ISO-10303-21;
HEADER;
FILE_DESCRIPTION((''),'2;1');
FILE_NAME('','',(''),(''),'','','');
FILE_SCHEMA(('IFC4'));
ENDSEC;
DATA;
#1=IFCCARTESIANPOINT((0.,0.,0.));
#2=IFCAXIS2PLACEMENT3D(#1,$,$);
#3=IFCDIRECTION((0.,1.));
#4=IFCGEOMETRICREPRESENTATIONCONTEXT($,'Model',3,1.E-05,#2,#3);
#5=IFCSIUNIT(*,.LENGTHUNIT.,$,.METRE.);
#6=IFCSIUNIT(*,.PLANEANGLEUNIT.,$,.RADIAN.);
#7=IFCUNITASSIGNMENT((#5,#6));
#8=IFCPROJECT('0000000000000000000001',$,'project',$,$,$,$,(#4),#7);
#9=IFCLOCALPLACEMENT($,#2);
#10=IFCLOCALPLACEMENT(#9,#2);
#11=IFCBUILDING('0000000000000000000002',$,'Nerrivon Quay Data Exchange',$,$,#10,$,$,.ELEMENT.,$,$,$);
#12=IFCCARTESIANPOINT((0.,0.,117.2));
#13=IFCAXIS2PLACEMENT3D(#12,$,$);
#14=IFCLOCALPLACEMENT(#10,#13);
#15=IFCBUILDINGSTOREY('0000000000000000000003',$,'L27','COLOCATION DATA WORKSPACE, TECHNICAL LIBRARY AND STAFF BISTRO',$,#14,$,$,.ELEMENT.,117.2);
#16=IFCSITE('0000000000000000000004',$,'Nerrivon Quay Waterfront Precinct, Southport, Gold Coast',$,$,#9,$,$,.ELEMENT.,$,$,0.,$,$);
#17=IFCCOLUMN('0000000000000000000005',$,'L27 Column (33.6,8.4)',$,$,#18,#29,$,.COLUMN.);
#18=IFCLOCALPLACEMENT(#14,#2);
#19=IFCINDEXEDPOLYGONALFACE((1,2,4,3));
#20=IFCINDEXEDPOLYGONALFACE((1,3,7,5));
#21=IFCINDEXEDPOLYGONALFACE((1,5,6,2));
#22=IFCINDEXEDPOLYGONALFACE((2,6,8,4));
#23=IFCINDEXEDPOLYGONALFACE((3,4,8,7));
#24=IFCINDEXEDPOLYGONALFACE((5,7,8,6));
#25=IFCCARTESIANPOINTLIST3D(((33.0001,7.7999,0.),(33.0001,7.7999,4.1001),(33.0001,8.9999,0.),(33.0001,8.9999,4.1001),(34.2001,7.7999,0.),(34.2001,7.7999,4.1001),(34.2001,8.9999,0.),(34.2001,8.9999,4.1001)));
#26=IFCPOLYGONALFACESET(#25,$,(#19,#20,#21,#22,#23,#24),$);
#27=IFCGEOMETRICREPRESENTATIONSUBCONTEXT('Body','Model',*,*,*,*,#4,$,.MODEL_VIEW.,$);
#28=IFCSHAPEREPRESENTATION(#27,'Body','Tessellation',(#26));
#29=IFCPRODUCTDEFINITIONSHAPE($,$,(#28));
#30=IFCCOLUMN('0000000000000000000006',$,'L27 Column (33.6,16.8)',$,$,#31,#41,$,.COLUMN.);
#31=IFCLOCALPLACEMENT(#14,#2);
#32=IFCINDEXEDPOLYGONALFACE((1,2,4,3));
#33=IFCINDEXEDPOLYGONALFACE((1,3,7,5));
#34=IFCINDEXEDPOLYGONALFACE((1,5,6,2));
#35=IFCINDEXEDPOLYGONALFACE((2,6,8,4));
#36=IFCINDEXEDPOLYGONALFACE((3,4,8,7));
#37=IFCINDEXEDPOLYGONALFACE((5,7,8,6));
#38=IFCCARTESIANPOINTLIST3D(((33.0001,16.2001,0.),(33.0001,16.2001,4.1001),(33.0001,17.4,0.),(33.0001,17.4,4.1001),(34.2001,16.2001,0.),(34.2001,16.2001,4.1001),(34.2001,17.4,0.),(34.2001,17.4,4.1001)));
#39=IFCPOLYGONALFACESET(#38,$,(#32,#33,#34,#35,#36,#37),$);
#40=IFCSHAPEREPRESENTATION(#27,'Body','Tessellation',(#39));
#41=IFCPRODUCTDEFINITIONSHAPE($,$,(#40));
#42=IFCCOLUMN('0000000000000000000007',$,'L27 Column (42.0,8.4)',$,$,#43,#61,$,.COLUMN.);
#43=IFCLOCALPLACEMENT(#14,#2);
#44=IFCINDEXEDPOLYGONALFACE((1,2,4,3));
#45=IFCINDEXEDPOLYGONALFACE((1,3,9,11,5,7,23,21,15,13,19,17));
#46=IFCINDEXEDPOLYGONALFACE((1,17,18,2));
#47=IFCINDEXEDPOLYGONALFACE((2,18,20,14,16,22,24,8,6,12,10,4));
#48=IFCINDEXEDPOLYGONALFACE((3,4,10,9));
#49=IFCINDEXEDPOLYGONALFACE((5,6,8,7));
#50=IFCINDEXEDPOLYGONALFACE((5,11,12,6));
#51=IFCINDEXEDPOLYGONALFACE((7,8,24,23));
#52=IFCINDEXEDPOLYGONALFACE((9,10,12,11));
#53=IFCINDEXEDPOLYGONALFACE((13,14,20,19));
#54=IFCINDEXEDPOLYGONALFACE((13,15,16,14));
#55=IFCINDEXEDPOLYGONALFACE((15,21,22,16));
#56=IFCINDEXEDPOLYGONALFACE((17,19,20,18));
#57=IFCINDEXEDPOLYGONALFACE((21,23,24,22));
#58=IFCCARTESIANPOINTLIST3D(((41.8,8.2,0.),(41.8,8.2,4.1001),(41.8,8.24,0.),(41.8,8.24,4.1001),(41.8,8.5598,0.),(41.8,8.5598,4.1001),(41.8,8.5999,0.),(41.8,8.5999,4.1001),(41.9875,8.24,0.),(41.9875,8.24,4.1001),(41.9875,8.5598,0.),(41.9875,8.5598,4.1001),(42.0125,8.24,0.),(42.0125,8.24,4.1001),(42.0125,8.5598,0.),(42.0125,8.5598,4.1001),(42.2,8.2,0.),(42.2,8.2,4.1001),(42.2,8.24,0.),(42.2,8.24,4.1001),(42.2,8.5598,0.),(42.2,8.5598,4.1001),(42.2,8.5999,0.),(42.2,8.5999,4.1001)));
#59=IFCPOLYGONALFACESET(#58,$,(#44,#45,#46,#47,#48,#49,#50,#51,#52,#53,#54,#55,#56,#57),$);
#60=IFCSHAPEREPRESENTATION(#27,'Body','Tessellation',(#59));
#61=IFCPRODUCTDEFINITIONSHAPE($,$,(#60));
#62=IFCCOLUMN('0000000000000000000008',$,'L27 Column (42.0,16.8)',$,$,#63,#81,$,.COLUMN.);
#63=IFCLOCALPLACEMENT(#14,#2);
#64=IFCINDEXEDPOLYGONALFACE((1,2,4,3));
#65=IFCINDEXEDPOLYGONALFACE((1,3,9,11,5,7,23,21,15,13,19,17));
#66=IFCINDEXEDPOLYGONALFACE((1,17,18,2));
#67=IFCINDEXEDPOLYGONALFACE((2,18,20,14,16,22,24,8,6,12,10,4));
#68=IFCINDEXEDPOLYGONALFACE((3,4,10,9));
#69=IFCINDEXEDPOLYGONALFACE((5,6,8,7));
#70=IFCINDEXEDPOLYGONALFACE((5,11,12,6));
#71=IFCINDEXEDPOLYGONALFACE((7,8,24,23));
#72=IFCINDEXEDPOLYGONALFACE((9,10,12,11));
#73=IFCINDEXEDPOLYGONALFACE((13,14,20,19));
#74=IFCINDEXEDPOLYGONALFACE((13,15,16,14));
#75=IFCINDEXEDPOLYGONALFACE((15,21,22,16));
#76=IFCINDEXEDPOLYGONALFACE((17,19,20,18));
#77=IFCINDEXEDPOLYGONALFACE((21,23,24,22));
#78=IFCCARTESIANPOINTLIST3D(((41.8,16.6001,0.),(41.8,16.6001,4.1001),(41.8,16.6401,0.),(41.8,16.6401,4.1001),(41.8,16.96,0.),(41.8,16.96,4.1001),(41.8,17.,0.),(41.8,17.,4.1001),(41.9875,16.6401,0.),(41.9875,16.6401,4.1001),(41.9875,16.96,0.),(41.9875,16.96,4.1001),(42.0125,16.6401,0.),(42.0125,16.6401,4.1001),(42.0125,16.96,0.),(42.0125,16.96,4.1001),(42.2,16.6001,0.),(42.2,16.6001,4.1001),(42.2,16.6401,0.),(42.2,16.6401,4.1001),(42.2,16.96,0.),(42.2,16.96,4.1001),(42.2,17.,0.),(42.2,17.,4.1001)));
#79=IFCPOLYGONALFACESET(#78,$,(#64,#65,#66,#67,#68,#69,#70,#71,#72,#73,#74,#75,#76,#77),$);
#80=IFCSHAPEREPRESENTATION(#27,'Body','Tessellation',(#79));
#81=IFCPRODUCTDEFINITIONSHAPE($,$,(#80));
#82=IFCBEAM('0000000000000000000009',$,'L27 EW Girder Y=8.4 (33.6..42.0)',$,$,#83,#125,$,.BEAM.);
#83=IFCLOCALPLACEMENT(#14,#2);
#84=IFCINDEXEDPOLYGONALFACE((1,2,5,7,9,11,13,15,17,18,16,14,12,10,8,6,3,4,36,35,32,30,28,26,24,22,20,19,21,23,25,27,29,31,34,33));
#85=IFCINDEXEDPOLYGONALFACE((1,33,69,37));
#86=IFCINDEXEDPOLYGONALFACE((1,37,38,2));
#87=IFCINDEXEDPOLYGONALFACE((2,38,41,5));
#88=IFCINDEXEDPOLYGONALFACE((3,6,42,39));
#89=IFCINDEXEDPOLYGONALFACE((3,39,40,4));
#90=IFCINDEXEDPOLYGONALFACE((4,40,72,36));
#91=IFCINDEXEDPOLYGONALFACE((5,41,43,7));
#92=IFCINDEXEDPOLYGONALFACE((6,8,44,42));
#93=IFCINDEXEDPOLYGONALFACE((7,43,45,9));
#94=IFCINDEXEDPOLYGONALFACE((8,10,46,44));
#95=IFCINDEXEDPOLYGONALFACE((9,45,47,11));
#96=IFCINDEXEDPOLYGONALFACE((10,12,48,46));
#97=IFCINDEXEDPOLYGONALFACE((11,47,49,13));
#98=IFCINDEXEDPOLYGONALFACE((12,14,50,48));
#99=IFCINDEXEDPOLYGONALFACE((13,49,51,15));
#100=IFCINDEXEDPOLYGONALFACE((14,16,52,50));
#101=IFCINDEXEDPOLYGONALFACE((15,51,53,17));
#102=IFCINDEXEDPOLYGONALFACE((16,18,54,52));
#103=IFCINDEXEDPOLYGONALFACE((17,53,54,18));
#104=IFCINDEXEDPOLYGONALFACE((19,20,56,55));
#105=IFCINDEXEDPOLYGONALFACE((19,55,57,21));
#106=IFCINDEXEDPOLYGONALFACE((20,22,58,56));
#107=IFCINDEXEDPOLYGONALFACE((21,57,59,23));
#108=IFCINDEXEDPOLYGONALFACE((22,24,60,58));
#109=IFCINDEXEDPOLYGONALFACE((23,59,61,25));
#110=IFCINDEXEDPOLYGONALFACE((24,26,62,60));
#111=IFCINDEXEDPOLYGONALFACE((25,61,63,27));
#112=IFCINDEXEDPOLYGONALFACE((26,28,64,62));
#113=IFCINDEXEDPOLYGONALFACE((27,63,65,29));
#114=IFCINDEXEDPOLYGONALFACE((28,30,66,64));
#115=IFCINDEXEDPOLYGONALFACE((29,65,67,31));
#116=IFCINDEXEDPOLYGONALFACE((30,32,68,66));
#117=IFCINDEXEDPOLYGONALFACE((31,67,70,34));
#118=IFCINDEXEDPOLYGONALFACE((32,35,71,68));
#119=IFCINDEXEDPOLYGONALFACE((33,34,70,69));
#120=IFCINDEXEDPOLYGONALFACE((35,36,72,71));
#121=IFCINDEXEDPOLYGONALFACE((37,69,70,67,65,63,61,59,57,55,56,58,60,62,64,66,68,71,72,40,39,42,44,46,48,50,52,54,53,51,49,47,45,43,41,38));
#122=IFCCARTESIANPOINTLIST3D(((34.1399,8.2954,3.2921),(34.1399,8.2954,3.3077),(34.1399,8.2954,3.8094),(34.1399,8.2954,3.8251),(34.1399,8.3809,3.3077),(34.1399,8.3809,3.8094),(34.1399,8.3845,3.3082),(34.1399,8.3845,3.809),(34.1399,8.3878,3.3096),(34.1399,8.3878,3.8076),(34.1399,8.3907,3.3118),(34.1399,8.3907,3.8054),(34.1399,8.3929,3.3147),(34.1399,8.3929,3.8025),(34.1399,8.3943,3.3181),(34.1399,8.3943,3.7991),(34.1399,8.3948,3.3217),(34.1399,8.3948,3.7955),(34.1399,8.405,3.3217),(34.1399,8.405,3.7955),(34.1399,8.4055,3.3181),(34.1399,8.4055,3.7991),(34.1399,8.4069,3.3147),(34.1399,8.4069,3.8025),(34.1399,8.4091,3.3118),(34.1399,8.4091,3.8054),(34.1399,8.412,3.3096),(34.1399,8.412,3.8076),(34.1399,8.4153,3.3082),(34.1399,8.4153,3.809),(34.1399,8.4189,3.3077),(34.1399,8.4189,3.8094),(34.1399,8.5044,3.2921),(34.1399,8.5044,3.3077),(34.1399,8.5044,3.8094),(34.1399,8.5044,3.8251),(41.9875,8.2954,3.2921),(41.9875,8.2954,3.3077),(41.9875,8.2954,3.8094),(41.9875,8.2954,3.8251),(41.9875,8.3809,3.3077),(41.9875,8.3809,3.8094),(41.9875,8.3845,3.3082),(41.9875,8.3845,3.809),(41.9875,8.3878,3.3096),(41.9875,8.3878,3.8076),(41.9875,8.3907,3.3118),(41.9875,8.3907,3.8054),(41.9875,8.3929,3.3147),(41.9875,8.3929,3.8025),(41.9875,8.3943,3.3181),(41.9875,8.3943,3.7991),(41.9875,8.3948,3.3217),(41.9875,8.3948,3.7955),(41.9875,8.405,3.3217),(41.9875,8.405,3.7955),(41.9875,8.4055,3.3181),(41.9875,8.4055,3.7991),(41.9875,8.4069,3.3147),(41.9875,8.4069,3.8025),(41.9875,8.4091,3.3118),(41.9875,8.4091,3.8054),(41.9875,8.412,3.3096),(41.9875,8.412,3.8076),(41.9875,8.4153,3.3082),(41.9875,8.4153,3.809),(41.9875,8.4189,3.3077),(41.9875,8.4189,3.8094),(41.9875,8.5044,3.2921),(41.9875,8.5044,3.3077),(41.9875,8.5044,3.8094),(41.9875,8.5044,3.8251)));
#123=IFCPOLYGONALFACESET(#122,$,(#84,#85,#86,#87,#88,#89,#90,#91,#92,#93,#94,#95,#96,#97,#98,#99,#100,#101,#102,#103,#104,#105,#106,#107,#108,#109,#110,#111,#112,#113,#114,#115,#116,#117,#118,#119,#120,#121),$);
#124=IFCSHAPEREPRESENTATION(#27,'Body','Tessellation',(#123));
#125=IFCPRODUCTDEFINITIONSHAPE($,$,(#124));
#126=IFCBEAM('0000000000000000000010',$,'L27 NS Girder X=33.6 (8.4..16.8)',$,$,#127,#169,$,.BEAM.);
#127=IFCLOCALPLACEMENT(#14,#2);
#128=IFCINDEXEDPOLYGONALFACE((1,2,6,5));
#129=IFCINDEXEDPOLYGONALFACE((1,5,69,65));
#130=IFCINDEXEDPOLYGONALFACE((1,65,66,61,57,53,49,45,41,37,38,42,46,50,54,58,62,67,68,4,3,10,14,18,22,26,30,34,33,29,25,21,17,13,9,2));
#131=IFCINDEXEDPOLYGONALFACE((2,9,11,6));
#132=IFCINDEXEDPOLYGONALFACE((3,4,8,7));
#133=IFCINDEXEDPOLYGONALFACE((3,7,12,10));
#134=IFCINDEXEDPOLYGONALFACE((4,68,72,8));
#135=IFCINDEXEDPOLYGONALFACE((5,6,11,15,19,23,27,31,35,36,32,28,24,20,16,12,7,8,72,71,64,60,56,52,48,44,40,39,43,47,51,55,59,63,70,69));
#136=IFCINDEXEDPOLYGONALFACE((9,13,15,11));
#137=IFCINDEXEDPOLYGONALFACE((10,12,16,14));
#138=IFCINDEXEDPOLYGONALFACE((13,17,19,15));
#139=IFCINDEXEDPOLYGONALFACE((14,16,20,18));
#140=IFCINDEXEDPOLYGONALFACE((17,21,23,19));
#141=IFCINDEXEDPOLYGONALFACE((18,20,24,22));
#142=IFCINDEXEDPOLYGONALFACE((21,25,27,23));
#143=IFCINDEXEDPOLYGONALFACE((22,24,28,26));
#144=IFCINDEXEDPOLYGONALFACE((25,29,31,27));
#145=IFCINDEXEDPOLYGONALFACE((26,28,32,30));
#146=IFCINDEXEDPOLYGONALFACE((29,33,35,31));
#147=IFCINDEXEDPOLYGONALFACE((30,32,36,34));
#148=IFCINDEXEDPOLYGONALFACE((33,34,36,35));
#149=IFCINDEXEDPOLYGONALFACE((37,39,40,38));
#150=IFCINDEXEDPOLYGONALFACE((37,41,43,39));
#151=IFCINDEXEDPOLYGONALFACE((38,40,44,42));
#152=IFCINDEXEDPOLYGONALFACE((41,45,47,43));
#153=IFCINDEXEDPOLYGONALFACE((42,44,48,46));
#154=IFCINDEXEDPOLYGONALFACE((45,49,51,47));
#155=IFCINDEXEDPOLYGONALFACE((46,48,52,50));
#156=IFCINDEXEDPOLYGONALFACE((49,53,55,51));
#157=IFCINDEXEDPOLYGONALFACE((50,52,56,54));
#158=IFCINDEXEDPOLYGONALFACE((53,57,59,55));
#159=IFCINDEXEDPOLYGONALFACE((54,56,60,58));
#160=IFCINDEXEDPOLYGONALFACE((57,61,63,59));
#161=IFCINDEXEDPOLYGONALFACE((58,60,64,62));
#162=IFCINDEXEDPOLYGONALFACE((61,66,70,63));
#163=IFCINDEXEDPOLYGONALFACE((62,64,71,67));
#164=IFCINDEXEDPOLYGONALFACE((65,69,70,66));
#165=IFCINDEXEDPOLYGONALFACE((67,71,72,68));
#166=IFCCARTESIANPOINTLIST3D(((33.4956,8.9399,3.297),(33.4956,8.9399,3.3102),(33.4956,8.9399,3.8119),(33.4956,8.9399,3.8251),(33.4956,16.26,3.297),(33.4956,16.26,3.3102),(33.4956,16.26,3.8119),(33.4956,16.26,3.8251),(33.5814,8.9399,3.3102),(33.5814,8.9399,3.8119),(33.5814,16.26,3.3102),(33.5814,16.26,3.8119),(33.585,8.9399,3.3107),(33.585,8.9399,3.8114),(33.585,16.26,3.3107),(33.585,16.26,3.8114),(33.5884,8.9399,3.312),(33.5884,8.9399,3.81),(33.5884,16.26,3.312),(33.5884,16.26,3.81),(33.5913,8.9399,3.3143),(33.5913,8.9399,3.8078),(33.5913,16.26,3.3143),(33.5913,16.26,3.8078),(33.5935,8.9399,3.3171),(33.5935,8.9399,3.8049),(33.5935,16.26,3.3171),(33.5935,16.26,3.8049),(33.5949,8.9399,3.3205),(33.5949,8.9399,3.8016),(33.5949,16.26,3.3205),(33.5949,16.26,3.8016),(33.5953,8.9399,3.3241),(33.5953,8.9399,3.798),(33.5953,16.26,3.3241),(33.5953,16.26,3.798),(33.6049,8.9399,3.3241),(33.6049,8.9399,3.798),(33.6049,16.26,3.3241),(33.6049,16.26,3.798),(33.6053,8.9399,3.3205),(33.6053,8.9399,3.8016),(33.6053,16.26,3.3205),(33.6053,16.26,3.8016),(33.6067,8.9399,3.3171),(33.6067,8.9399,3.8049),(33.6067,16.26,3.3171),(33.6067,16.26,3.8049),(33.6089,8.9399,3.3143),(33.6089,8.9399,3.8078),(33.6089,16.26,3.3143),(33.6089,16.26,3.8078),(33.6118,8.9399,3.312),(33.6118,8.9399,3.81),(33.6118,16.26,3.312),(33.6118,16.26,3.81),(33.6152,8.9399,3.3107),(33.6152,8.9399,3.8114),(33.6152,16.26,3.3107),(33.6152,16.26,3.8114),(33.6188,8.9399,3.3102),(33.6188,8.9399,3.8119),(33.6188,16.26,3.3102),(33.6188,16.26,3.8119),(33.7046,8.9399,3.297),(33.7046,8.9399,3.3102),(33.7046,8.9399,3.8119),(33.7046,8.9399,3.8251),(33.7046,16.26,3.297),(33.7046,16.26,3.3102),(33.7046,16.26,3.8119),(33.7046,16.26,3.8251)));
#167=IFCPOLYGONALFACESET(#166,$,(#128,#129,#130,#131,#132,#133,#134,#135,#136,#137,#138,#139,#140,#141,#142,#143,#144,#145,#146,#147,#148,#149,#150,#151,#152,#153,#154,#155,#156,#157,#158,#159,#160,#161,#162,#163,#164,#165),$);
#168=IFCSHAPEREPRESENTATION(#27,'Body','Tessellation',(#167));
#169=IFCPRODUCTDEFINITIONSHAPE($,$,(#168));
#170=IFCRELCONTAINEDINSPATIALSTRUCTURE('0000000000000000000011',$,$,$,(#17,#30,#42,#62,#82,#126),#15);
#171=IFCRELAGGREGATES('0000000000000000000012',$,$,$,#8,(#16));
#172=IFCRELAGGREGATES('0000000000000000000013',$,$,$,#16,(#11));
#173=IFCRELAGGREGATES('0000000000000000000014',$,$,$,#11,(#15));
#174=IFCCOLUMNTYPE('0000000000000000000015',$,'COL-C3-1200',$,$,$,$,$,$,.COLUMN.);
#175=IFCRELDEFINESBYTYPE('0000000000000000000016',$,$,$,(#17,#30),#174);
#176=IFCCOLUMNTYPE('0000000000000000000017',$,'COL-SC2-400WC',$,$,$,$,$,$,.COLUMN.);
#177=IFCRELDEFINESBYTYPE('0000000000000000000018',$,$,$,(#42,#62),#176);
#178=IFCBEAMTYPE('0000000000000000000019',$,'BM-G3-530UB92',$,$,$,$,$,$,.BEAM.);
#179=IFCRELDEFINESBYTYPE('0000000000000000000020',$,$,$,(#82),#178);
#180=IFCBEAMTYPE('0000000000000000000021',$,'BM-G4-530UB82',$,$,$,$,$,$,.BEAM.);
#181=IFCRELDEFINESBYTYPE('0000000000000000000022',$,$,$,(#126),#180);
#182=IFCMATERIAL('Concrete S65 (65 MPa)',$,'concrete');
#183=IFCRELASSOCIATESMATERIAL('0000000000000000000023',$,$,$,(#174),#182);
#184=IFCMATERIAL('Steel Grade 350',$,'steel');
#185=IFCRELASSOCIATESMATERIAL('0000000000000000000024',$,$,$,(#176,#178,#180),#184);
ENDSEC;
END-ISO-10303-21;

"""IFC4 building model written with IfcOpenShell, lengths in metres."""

from ifc_helpers import new_model, si_unit, direction, frame, origin, origin_2d, place, context, subcontext, project, spatial, rectangle, i_section, extrude, material, material_profile, profile_set, type_object, element, save


model = new_model("IFC4")

# Units and contexts
model_context = context("Model", 3, precision=1e-05, world=origin(), true_north=direction((0.0, 1.0)))
body_context = subcontext(model_context, "Body", "Model", "MODEL_VIEW")
ifc_project = project(units=[si_unit("LENGTHUNIT", "METRE"), si_unit("PLANEANGLEUNIT", "RADIAN")], contexts=[model_context])

# Site, building, storey
site_placement = place(None, origin())
site = spatial("IfcSite", under=ifc_project, at=site_placement, Name="Nerrivon Quay Waterfront Precinct, Southport, Gold Coast", CompositionType="ELEMENT", RefElevation=0.0)
building_placement = place(site_placement, origin())
building = spatial("IfcBuilding", under=site, at=building_placement, Name="Nerrivon Quay Data Exchange", CompositionType="ELEMENT")
storey_placement = place(building_placement, frame((0.0, 0.0, 117.2)))
storey = spatial("IfcBuildingStorey", under=building, at=storey_placement, Name="L27", Description="COLOCATION DATA WORKSPACE, TECHNICAL LIBRARY AND STAFF BISTRO", CompositionType="ELEMENT", Elevation=117.2)

# Columns
ifc_material_1 = material(Name="Concrete S65 (65 MPa)", Category="concrete")
ifc_material_profile_1 = material_profile(ifc_material_1, rectangle(XDim=1.2, YDim=1.2, at=origin_2d()), Name="RC-COL-1200x1200")
ifc_profile_set_1 = profile_set([ifc_material_profile_1], Name="Concrete S65 (65 MPa)")
column_type_1 = type_object("IfcColumnType", Name="COL-C3-1200", PredefinedType="COLUMN", material=ifc_profile_set_1)
for number, where, z_axis, x_axis, name in (
    (1, (33.6001, 8.3999, 0.0), (0.0, 0.0, 1.0), (1.0, 0.0, 0.0), "L27 Column (33.6,8.4)"),
    (2, (33.6001, 16.8, 0.0), (0.0, 0.0, 1.0), (1.0, 0.0, 0.0), "L27 Column (33.6,16.8)"),
):
    element("IfcColumn", number, at=place(storey_placement, frame(where, z_axis=z_axis, x_axis=x_axis)), inside=storey, type_object=column_type_1, Name=name, PredefinedType="COLUMN", context=body_context, shape_type="SweptSolid", body=[
        extrude(rectangle(XDim=1.2, YDim=1.2, at=origin_2d()), origin(), (0.0, 0.0, 1.0), 4.1001),
    ])
ifc_material_2 = material(Name="Steel Grade 350", Category="steel")
ifc_material_profile_2 = material_profile(ifc_material_2, i_section(OverallWidth=0.3999, OverallDepth=0.3999, WebThickness=0.0249, FlangeThickness=0.04, at=origin_2d()), Name="400WC328")
ifc_profile_set_2 = profile_set([ifc_material_profile_2], Name="Steel Grade 350")
column_type_2 = type_object("IfcColumnType", Name="COL-SC2-400WC", PredefinedType="COLUMN", material=ifc_profile_set_2)
for number, where, z_axis, x_axis, name in (
    (3, (42.0, 8.3999, 0.0), (0.0, 0.0, 1.0), (1.0, 0.0, 0.0), "L27 Column (42.0,8.4)"),
    (4, (42.0, 16.8, 0.0), (0.0, 0.0, 1.0), (1.0, 0.0, 0.0), "L27 Column (42.0,16.8)"),
):
    element("IfcColumn", number, at=place(storey_placement, frame(where, z_axis=z_axis, x_axis=x_axis)), inside=storey, type_object=column_type_2, Name=name, PredefinedType="COLUMN", context=body_context, shape_type="SweptSolid", body=[
        extrude(i_section(OverallWidth=0.3999, OverallDepth=0.3999, WebThickness=0.0249, FlangeThickness=0.04, at=origin_2d()), origin(), (0.0, 0.0, 1.0), 4.1001),
    ])

# Beams
ifc_material_profile_3 = material_profile(ifc_material_2, i_section(OverallWidth=0.209, OverallDepth=0.533, WebThickness=0.0103, FlangeThickness=0.0156, FilletRadius=0.0139, at=origin_2d()), Name="530UB92.4")
ifc_profile_set_3 = profile_set([ifc_material_profile_3], Name="Steel Grade 350")
beam_type_1 = type_object("IfcBeamType", Name="BM-G3-530UB92", PredefinedType="BEAM", material=ifc_profile_set_3)
beam_1_placement = place(storey_placement, frame((34.1399, 8.3999, 3.5586), z_axis=(1.0, 0.0, 0.0), x_axis=(0.0, 1.0, 0.0)))
element("IfcBeam", 5, at=beam_1_placement, inside=storey, type_object=beam_type_1, Name="L27 EW Girder Y=8.4 (33.6..42.0)", PredefinedType="BEAM", context=body_context, shape_type="SweptSolid", body=[
    extrude(i_section(OverallWidth=0.209, OverallDepth=0.533, WebThickness=0.0103, FlangeThickness=0.0156, FilletRadius=0.0139, at=origin_2d()), origin(), (0.0, 0.0, 1.0), 7.8477),
])
ifc_material_profile_4 = material_profile(ifc_material_2, i_section(OverallWidth=0.209, OverallDepth=0.5281, WebThickness=0.0095, FlangeThickness=0.0132, FilletRadius=0.0139, at=origin_2d()), Name="530UB82.0")
ifc_profile_set_4 = profile_set([ifc_material_profile_4], Name="Steel Grade 350")
beam_type_2 = type_object("IfcBeamType", Name="BM-G4-530UB82", PredefinedType="BEAM", material=ifc_profile_set_4)
beam_2_placement = place(storey_placement, frame((33.6001, 8.9399, 3.561), z_axis=(0.0, 1.0, 0.0), x_axis=(-1.0, 0.0, 0.0)))
element("IfcBeam", 6, at=beam_2_placement, inside=storey, type_object=beam_type_2, Name="L27 NS Girder X=33.6 (8.4..16.8)", PredefinedType="BEAM", context=body_context, shape_type="SweptSolid", body=[
    extrude(i_section(OverallWidth=0.209, OverallDepth=0.5281, WebThickness=0.0095, FlangeThickness=0.0132, FilletRadius=0.0139, at=origin_2d()), origin(), (0.0, 0.0, 1.0), 7.3201),
])

save(model, "model.ifc")
